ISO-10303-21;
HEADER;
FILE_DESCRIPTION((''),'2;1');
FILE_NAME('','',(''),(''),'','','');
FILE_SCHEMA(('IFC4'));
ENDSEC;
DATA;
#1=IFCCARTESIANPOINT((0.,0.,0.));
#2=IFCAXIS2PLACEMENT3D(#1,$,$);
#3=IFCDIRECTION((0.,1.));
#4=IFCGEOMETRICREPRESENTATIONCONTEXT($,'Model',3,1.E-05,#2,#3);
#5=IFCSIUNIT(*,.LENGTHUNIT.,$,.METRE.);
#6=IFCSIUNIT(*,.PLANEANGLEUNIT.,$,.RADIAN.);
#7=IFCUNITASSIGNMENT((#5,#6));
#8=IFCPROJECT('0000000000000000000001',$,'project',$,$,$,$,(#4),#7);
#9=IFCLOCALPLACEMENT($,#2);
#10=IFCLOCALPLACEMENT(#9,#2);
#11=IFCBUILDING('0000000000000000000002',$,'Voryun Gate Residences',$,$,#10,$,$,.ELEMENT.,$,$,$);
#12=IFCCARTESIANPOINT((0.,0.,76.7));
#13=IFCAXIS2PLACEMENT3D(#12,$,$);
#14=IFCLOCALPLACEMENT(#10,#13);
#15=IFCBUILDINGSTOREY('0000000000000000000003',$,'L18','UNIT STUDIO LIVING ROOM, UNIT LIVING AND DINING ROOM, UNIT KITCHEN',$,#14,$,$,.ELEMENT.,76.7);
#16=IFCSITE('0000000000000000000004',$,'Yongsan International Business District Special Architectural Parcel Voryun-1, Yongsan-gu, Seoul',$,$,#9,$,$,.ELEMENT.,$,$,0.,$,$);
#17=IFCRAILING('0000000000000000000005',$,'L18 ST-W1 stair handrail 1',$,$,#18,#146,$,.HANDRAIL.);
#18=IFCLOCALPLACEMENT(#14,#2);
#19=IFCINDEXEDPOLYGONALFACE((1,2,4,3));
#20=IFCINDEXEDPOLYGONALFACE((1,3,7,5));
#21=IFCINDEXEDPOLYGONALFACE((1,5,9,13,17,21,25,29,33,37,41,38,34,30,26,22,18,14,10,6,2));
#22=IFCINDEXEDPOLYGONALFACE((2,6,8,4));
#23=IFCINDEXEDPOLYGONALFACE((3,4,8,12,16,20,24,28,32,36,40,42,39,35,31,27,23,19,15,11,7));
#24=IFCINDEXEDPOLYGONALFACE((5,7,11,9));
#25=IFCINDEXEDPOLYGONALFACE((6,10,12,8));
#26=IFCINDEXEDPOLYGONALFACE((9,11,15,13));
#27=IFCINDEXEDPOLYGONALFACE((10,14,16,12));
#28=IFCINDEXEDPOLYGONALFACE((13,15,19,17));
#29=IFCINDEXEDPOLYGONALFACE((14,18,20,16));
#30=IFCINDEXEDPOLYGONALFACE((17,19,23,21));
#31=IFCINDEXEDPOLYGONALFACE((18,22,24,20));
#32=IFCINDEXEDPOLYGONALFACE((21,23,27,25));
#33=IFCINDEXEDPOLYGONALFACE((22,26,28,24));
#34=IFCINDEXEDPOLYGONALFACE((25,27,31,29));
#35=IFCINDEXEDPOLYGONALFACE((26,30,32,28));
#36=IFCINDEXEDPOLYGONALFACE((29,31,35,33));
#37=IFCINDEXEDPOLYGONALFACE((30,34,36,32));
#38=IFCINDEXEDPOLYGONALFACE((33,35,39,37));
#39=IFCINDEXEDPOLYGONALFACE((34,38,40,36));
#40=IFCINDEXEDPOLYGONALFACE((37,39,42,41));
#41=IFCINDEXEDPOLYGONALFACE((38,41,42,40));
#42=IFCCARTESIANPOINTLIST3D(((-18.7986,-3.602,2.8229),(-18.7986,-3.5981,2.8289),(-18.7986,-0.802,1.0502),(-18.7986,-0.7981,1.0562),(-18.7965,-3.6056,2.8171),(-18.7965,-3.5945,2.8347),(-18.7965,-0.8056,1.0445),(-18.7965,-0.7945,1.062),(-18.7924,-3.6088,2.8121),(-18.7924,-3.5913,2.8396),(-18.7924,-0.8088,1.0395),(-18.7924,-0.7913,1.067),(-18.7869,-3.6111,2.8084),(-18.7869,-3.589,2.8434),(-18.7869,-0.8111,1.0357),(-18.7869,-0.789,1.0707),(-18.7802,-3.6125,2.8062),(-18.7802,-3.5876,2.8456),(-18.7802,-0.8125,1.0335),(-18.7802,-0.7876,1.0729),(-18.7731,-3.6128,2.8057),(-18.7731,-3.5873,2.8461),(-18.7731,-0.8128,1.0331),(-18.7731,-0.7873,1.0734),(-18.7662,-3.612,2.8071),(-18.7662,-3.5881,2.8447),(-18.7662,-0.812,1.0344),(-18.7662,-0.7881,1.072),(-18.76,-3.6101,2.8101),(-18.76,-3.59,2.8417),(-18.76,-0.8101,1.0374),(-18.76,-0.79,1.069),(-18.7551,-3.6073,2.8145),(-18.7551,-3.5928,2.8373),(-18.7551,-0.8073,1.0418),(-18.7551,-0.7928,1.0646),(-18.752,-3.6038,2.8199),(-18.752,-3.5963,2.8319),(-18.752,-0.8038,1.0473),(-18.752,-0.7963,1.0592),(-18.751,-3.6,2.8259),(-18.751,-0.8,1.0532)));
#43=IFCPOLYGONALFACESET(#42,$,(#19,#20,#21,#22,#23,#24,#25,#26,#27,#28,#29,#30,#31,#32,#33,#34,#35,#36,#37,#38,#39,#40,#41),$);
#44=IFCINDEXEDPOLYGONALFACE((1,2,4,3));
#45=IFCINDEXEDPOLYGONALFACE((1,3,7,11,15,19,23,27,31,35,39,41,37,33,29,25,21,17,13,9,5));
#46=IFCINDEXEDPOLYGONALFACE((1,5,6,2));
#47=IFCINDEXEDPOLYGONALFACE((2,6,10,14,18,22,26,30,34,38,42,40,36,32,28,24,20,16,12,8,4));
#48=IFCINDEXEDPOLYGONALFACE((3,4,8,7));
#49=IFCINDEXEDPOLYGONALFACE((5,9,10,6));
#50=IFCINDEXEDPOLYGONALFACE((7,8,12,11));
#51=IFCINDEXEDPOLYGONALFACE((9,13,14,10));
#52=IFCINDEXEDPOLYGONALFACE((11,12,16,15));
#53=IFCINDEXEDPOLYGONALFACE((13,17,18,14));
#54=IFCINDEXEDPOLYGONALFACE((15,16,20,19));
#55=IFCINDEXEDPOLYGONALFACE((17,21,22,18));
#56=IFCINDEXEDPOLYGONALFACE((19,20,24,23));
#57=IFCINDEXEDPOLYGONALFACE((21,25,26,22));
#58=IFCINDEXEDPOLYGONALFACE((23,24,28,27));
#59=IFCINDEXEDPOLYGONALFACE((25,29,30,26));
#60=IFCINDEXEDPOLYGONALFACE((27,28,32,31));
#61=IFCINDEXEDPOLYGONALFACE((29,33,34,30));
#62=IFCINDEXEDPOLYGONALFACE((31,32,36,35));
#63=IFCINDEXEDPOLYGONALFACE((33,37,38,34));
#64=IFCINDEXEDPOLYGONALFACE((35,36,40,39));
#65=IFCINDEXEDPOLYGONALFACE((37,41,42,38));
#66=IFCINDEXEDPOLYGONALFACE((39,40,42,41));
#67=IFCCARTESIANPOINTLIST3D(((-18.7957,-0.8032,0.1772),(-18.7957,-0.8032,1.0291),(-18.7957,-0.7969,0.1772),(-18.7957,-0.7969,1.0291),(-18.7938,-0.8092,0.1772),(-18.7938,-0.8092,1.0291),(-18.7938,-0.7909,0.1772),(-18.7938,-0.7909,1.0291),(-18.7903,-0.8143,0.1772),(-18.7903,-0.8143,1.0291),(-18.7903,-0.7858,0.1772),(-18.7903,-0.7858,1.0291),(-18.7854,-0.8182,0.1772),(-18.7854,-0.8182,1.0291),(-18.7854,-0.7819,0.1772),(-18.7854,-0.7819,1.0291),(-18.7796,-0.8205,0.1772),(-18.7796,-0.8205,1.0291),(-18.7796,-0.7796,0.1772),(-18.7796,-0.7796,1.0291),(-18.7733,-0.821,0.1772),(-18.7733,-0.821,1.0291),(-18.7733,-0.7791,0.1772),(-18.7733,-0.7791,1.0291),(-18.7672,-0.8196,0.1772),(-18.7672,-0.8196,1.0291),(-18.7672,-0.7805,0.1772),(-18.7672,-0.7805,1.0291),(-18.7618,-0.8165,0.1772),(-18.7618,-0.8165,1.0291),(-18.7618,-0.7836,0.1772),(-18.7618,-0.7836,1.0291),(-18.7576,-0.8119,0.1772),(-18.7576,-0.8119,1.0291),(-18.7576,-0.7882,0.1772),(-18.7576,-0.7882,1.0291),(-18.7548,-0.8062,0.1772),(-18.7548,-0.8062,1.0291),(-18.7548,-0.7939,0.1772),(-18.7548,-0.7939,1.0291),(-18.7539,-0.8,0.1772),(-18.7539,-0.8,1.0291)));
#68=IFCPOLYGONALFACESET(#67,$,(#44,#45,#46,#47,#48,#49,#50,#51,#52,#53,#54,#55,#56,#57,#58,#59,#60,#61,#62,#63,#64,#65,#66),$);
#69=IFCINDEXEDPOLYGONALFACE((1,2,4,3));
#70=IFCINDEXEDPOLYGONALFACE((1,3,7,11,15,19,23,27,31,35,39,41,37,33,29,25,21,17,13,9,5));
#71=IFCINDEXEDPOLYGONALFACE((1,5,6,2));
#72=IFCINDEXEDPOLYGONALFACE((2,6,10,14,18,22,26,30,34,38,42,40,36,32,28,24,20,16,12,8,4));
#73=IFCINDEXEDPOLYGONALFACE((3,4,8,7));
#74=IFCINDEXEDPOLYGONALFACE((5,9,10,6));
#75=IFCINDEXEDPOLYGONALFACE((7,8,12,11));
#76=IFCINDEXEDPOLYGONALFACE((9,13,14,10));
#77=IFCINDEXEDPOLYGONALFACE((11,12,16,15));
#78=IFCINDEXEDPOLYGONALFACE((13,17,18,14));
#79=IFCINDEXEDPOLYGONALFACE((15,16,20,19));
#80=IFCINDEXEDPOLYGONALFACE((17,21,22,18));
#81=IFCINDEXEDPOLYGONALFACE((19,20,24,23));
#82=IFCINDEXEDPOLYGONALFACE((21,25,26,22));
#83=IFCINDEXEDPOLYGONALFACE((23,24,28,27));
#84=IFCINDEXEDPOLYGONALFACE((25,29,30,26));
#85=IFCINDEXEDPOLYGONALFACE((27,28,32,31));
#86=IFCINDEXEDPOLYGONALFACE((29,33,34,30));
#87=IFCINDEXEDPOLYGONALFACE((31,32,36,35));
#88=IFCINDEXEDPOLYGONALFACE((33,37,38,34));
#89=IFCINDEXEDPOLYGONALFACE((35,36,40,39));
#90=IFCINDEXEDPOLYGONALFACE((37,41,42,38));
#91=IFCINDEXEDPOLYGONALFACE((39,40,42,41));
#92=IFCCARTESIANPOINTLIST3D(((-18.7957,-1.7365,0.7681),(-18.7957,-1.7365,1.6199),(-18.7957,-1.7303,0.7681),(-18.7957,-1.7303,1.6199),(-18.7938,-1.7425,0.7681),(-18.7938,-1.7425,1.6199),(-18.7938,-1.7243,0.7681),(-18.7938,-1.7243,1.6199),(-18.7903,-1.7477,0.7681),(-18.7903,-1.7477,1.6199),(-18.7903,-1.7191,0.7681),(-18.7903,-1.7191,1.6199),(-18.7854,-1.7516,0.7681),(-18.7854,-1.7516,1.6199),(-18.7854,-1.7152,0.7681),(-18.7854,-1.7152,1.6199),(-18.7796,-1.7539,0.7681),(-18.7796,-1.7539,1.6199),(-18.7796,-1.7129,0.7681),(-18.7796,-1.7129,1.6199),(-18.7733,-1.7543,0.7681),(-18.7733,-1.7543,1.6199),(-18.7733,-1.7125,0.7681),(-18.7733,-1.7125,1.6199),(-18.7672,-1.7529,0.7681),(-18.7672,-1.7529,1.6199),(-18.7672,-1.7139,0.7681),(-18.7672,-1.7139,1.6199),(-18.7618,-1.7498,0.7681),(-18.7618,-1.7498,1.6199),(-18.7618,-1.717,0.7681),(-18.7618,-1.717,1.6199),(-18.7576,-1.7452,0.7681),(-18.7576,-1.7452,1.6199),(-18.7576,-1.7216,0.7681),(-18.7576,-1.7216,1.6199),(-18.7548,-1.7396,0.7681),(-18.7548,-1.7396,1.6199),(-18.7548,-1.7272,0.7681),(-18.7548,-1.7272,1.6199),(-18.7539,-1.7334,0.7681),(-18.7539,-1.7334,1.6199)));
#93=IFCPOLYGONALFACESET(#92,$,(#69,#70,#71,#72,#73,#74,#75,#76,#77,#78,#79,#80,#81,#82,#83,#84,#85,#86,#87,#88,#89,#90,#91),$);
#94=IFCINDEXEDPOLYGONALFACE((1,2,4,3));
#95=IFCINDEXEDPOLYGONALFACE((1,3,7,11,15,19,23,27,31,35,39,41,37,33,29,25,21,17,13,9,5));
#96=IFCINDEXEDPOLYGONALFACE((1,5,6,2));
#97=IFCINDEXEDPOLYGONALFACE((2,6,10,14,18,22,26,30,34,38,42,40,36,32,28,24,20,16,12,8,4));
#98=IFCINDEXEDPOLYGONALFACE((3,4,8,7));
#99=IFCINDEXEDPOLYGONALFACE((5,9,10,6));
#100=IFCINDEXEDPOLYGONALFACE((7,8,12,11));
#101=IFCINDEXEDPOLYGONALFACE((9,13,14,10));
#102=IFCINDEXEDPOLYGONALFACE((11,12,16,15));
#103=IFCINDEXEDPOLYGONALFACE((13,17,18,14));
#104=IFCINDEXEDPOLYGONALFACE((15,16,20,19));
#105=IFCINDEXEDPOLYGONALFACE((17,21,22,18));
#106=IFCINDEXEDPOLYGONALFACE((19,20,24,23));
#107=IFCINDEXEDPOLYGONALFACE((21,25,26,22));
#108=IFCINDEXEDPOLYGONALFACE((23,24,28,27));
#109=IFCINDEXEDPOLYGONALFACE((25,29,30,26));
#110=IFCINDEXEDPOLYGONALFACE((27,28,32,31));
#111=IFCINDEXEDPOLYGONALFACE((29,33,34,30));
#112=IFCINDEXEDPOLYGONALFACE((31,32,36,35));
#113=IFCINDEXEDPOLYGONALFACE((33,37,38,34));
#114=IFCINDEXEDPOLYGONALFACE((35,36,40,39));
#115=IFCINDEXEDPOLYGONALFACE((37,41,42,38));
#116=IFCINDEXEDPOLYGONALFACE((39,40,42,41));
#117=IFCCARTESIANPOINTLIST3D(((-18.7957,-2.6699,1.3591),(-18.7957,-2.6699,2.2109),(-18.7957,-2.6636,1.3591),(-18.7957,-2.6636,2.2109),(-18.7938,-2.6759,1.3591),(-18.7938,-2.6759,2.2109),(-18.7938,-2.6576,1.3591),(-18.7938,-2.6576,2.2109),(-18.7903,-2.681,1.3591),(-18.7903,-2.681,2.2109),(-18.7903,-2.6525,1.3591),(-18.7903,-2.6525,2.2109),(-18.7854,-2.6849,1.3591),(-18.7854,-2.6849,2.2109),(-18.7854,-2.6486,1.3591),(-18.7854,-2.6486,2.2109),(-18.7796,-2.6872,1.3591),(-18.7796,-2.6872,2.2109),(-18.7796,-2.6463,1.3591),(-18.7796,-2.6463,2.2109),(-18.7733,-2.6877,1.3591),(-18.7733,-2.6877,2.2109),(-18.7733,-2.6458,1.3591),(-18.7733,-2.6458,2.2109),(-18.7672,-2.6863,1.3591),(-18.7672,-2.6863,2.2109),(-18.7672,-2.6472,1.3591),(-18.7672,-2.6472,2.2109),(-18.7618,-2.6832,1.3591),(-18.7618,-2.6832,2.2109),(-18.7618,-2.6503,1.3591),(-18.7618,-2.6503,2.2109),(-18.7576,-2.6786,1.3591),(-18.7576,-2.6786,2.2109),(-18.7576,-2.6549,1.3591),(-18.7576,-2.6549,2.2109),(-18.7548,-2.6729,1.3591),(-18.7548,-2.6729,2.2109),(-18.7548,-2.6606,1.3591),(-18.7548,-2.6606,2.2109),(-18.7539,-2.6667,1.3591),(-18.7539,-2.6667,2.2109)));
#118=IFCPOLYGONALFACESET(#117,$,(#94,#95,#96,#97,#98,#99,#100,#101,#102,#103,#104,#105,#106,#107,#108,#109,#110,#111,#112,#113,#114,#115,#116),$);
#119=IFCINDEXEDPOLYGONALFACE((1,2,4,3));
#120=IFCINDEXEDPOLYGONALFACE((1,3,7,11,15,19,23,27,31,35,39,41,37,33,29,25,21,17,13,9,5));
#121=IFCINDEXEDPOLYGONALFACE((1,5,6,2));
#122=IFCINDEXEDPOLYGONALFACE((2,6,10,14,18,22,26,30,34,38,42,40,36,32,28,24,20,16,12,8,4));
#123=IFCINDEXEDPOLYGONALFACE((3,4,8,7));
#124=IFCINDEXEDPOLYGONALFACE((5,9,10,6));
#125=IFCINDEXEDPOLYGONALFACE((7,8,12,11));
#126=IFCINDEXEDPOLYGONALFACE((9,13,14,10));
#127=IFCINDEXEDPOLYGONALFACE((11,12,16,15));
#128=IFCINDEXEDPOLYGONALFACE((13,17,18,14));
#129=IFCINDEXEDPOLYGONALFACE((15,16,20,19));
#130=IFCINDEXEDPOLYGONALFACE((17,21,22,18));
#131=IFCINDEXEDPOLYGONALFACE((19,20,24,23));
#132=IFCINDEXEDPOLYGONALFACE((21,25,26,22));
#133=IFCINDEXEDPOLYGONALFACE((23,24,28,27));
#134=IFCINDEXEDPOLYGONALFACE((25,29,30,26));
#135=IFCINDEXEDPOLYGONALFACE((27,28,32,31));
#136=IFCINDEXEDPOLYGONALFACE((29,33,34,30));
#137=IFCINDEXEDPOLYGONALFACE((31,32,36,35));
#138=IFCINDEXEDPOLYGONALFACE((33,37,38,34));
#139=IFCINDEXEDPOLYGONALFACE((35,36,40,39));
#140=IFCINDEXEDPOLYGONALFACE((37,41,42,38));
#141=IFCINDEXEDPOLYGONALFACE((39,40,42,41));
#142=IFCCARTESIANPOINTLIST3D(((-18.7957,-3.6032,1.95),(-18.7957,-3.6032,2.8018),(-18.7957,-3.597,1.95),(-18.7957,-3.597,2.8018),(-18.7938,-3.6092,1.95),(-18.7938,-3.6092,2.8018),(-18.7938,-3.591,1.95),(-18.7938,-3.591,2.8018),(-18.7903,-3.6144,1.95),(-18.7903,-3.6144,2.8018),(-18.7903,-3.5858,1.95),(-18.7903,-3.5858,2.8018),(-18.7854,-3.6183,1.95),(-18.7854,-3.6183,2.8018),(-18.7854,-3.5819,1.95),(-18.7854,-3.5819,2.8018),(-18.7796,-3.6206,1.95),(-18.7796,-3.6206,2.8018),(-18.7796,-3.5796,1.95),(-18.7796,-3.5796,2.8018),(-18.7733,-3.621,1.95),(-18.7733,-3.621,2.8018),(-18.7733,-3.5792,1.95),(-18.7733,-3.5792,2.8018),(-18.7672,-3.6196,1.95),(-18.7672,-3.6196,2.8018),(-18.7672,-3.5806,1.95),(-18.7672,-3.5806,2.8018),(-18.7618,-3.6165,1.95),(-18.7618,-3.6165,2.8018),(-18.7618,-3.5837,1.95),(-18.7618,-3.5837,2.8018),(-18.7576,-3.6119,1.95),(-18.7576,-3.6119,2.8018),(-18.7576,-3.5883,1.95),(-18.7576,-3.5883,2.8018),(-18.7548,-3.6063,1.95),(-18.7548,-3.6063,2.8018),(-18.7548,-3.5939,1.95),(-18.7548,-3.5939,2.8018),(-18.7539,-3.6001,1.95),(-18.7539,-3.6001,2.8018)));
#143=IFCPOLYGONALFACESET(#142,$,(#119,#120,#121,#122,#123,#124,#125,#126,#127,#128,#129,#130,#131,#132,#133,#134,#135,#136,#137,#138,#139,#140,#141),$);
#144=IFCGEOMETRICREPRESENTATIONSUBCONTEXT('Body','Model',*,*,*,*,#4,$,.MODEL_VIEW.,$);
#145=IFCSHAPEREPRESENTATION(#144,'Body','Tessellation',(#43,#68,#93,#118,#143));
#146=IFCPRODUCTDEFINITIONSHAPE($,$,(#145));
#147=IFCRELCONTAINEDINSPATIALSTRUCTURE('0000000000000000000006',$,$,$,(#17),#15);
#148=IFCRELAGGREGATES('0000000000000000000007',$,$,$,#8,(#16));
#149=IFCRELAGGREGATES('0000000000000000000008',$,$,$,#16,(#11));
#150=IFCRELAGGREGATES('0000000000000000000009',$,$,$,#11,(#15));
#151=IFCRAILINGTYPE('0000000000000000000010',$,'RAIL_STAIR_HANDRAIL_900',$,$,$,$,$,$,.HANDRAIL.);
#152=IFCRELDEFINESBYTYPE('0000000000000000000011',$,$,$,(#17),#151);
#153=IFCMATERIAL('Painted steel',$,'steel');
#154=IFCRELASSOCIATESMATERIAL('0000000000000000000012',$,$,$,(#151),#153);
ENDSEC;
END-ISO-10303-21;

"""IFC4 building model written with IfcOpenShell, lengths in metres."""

from ifc_helpers import new_model, si_unit, direction, frame, origin, origin_2d, place, context, subcontext, project, spatial, circle, extrude, material, type_object, element, save


model = new_model("IFC4")

# Units and contexts
model_context = context("Model", 3, precision=1e-05, world=origin(), true_north=direction((0.0, 1.0)))
body_context = subcontext(model_context, "Body", "Model", "MODEL_VIEW")
ifc_project = project(units=[si_unit("LENGTHUNIT", "METRE"), si_unit("PLANEANGLEUNIT", "RADIAN")], contexts=[model_context])

# Site, building, storey
site_placement = place(None, origin())
site = spatial("IfcSite", under=ifc_project, at=site_placement, Name="Yongsan International Business District Special Architectural Parcel Voryun-1, Yongsan-gu, Seoul", CompositionType="ELEMENT", RefElevation=0.0)
building_placement = place(site_placement, origin())
building = spatial("IfcBuilding", under=site, at=building_placement, Name="Voryun Gate Residences", CompositionType="ELEMENT")
storey_placement = place(building_placement, frame((0.0, 0.0, 76.7)))
storey = spatial("IfcBuildingStorey", under=building, at=storey_placement, Name="L18", Description="UNIT STUDIO LIVING ROOM, UNIT LIVING AND DINING ROOM, UNIT KITCHEN", CompositionType="ELEMENT", Elevation=76.7)

# Railing
ifc_material_1 = material(Name="Painted steel", Category="steel")
railing_type_1 = type_object("IfcRailingType", Name="RAIL_STAIR_HANDRAIL_900", PredefinedType="HANDRAIL", material=ifc_material_1)
railing_1_placement = place(storey_placement, frame((-18.7749, -0.8, 0.1772)))
element("IfcRailing", 1, at=railing_1_placement, inside=storey, type_object=railing_type_1, Name="L18 ST-W1 stair handrail 1", PredefinedType="HANDRAIL", context=body_context, shape_type="SweptSolid", body=[
    extrude(circle(Radius=0.0239, at=origin_2d()), frame((0.0, 0.0, 0.876), z_axis=(0.0, -0.844909, 0.53491), x_axis=(1.0, 0.0, 0.0)), (0.0, 0.0, 1.0), 3.314),
    extrude(circle(Radius=0.021, at=origin_2d()), origin(), (0.0, 0.0, 1.0), 0.8518),
    extrude(circle(Radius=0.021, at=origin_2d()), frame((0.0, -0.9333, 0.5908)), (0.0, 0.0, 1.0), 0.8518),
    extrude(circle(Radius=0.021, at=origin_2d()), frame((0.0, -1.8667, 1.1819)), (0.0, 0.0, 1.0), 0.8518),
    extrude(circle(Radius=0.021, at=origin_2d()), frame((0.0, -2.8, 1.7727)), (0.0, 0.0, 1.0), 0.8518),
])

save(model, "model.ifc")
